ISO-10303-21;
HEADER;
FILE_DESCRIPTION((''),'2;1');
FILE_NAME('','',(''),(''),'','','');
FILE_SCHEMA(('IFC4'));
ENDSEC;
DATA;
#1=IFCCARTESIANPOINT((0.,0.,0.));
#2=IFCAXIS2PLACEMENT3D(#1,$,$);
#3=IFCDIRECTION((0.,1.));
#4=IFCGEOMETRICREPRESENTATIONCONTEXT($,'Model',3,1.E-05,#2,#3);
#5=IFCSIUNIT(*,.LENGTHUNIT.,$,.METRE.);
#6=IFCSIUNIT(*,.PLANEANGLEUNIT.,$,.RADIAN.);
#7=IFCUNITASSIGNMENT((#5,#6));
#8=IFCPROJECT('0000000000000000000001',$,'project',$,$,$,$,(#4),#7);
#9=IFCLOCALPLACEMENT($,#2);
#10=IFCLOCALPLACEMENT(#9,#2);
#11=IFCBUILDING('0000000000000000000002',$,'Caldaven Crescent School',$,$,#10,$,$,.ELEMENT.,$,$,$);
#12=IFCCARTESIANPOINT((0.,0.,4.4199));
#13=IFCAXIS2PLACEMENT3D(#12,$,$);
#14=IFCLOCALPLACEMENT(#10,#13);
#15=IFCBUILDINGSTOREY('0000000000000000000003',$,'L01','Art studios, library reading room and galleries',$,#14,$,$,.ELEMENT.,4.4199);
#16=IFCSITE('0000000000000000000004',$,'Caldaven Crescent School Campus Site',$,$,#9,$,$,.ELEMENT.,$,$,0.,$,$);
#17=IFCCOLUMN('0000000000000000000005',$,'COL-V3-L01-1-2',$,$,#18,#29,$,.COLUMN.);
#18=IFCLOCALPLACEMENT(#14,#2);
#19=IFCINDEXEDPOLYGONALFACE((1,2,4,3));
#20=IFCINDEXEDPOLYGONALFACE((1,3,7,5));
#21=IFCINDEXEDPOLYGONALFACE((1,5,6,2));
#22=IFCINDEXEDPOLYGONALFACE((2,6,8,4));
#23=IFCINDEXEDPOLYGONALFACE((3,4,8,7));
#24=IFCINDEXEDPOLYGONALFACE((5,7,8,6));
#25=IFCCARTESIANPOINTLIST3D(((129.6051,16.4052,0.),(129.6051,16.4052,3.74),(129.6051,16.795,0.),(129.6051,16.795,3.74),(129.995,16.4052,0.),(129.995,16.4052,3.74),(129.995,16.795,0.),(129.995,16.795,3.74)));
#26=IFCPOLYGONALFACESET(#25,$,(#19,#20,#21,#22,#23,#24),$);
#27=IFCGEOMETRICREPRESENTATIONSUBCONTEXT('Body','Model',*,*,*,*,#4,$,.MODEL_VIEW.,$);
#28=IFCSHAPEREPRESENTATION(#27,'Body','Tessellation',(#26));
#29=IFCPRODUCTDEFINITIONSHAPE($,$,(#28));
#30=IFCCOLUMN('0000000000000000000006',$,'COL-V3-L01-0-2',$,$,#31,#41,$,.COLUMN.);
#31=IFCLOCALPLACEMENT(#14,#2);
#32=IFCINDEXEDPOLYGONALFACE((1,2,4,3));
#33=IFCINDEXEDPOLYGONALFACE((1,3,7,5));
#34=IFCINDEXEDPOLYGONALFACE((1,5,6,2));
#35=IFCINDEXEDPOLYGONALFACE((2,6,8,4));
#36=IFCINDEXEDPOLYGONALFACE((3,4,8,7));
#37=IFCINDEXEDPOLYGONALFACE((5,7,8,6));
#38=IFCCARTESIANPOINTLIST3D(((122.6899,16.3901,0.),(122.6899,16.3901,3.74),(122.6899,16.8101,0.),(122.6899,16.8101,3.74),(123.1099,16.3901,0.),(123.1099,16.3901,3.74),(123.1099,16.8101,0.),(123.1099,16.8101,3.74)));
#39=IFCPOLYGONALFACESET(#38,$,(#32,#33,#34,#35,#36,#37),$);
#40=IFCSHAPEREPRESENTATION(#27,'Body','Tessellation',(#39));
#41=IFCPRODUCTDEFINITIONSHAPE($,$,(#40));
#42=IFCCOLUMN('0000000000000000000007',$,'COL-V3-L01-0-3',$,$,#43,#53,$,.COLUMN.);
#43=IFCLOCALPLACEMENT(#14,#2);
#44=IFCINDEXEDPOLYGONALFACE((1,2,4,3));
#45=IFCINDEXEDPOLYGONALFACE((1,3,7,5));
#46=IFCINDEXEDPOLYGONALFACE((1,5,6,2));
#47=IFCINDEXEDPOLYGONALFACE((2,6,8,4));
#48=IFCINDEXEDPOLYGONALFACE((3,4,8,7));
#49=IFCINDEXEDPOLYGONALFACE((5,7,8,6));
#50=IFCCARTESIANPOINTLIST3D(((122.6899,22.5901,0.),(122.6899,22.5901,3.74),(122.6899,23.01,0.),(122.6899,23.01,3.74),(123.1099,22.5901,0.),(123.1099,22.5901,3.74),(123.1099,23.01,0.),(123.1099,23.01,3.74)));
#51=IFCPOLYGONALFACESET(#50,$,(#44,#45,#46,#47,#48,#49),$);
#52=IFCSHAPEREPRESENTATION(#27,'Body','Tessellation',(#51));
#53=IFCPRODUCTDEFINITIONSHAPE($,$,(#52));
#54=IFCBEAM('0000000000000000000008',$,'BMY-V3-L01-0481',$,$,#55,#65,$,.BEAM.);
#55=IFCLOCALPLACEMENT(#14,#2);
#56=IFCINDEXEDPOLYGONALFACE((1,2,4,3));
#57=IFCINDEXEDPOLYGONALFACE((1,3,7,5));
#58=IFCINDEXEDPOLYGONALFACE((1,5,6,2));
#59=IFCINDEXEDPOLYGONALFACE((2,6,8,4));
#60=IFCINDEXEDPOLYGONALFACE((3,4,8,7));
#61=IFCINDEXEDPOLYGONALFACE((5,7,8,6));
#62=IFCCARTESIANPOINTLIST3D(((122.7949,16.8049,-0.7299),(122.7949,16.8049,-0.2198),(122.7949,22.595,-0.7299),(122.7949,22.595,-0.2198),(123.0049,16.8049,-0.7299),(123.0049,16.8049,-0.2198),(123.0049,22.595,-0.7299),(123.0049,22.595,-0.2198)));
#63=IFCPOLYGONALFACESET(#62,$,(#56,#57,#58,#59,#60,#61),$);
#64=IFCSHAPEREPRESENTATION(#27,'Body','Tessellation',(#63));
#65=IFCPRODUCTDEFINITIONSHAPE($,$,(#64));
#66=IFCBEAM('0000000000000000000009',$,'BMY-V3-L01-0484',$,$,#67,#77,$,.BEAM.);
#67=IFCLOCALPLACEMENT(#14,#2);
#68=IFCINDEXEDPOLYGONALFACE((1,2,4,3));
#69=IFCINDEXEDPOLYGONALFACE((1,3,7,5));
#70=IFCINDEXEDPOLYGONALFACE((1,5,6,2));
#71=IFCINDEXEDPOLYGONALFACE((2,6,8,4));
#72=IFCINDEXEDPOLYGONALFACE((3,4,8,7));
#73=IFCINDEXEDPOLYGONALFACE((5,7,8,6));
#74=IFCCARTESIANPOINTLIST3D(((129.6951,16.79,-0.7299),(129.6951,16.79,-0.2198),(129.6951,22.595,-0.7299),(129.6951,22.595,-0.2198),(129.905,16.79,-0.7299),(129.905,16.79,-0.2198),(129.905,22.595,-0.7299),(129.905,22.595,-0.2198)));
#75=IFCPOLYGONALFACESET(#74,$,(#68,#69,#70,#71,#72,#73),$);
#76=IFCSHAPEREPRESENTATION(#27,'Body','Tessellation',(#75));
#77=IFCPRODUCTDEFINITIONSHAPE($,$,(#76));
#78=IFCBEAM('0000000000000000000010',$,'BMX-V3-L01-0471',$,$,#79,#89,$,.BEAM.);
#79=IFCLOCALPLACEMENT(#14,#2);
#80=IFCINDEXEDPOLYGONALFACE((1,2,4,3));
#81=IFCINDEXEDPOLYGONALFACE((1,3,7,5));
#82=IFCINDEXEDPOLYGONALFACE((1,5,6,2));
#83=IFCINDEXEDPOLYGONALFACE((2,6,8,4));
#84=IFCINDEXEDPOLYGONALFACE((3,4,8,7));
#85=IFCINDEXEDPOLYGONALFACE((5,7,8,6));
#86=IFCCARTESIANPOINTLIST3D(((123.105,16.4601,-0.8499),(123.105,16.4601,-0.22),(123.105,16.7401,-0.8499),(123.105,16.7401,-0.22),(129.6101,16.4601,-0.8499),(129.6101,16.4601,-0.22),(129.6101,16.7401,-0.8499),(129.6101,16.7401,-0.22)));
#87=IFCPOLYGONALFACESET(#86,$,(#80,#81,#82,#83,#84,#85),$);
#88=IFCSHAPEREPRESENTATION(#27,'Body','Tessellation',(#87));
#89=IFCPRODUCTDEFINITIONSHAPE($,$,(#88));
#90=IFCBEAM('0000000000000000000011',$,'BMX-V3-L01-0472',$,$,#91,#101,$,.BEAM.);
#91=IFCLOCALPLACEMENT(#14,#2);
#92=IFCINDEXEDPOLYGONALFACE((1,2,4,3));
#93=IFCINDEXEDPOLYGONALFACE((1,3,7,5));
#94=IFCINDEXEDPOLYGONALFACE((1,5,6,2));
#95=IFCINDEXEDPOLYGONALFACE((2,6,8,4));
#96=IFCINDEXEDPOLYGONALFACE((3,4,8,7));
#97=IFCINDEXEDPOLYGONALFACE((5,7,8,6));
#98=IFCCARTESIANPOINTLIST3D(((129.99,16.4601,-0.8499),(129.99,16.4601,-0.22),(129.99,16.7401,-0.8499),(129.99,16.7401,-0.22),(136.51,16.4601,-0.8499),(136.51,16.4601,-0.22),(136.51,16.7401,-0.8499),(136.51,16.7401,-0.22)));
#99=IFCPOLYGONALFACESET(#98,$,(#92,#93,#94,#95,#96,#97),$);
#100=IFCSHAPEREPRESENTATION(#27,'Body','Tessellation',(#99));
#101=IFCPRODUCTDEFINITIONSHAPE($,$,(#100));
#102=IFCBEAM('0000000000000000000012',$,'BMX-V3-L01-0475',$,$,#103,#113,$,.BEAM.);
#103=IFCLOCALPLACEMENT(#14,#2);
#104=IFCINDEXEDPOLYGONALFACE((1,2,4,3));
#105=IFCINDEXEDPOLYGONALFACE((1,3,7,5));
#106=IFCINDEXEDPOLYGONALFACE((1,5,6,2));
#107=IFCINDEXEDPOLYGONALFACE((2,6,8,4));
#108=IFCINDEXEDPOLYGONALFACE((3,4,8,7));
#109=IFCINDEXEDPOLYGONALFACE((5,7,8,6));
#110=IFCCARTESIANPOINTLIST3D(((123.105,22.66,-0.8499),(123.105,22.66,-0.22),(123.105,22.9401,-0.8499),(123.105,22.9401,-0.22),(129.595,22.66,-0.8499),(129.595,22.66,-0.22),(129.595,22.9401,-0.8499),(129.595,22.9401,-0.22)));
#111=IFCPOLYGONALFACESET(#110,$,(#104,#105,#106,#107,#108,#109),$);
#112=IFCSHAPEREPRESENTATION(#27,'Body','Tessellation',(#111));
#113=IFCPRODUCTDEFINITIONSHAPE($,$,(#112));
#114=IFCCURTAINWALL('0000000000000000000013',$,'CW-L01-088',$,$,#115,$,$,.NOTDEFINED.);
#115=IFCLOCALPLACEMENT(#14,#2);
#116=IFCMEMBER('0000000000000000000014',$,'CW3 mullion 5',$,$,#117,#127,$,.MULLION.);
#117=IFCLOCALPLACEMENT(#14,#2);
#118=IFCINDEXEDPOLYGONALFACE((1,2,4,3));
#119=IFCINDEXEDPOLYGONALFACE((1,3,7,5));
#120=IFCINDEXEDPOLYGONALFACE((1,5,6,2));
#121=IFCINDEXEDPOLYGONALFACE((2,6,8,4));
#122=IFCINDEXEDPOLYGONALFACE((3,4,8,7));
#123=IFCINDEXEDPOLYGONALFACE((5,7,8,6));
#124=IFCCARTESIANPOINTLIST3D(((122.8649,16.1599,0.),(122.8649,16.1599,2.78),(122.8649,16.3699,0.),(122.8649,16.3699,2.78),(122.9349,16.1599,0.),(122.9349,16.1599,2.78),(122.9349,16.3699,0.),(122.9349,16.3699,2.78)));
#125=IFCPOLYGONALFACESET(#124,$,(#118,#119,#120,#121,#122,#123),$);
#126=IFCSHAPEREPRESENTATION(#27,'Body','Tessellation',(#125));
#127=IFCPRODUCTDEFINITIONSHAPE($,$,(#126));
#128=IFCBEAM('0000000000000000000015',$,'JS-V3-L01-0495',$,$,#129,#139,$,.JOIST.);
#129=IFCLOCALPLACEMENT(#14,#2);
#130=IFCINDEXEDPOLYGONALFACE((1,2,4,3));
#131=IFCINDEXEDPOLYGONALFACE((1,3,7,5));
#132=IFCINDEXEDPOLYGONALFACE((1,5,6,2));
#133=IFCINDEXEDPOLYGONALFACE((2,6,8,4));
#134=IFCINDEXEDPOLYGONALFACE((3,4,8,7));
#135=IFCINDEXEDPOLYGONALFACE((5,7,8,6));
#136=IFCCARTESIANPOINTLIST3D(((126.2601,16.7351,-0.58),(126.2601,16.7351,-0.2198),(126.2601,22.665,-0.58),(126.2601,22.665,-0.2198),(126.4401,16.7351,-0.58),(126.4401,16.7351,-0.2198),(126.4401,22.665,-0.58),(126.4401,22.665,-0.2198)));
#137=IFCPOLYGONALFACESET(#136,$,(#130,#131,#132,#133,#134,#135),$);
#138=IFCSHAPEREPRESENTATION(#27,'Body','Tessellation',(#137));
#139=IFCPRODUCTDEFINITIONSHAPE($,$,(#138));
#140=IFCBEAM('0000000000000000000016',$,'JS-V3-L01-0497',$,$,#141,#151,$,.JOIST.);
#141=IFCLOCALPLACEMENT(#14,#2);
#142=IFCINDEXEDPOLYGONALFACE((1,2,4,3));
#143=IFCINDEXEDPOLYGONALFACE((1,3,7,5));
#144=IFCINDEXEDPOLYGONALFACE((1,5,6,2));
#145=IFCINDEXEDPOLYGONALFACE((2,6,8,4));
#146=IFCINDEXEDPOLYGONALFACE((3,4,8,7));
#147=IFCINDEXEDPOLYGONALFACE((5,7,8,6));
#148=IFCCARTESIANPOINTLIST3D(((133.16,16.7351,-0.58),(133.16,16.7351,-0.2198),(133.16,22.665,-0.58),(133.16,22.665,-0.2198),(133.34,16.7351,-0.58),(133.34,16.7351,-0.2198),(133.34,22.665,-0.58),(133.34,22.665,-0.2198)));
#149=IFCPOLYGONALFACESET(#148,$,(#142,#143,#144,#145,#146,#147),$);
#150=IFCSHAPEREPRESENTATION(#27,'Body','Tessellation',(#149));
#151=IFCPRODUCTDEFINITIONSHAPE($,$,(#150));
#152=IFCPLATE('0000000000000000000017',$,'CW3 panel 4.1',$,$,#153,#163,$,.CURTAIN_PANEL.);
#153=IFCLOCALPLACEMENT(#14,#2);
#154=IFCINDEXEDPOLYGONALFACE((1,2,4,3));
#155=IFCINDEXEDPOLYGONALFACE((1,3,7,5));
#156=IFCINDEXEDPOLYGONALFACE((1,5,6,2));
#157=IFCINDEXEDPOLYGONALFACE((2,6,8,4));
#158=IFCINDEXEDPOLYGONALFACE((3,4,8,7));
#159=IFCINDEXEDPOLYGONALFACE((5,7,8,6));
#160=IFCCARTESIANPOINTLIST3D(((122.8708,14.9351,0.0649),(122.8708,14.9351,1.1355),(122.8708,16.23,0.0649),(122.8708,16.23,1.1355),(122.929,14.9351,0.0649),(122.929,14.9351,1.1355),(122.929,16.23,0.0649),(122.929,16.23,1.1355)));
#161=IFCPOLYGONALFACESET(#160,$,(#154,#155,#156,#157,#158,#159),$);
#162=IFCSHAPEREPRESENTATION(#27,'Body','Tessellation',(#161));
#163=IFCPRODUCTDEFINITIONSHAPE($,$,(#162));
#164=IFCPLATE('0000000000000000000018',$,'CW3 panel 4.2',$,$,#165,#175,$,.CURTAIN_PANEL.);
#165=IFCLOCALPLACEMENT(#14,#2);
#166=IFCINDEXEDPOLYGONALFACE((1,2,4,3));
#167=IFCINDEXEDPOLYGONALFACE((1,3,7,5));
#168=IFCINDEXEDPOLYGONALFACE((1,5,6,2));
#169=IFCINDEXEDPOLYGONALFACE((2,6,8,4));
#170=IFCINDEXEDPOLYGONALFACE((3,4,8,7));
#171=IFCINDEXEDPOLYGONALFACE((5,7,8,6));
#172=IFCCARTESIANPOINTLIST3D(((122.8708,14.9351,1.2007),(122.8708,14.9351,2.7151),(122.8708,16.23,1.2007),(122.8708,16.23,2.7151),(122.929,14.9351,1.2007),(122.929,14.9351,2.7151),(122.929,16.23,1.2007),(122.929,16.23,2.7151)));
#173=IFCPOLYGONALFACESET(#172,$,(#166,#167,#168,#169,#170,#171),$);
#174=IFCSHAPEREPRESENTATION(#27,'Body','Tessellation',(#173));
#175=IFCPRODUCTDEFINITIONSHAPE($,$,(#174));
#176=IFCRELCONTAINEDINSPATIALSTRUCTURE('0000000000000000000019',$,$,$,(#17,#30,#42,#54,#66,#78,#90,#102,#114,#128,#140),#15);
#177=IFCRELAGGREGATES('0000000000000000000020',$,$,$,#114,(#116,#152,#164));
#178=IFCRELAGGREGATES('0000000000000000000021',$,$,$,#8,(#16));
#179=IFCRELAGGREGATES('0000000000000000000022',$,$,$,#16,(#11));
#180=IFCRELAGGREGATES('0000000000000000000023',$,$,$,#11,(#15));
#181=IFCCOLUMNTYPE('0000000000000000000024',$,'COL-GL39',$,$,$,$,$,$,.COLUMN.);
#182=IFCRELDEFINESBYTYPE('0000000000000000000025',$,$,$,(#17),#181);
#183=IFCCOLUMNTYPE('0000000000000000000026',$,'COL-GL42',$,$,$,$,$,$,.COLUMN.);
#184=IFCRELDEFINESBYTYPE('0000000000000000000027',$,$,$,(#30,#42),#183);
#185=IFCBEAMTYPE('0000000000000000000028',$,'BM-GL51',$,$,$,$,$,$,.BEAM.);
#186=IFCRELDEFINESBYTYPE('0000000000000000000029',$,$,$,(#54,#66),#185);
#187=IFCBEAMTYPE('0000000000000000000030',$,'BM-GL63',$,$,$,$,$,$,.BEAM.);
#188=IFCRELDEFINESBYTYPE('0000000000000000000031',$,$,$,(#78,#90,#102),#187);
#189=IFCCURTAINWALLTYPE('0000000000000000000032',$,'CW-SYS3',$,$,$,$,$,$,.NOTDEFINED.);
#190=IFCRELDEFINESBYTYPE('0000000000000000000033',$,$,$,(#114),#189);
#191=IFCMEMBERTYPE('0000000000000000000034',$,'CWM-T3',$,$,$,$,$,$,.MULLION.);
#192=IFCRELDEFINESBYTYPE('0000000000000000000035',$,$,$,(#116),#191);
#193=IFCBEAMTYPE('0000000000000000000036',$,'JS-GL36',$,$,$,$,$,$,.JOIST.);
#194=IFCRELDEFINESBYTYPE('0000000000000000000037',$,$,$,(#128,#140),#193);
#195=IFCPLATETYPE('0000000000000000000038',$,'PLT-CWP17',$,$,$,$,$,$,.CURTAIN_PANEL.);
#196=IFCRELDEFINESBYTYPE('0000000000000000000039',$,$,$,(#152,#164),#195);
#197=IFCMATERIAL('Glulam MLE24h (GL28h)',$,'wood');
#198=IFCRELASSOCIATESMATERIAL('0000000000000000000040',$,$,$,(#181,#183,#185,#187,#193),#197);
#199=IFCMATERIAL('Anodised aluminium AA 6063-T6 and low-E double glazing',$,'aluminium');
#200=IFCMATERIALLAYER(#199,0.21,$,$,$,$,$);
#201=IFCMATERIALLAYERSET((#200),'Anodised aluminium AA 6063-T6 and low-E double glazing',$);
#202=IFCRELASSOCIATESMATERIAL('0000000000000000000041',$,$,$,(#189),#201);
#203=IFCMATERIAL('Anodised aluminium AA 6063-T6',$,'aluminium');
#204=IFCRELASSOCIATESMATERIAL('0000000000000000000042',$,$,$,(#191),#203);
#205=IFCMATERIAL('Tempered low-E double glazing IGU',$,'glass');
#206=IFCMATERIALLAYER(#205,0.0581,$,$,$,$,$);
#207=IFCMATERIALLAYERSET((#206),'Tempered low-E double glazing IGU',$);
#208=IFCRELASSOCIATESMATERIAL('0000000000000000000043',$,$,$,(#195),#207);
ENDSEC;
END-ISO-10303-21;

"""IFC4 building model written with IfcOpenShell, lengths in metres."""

from ifc_helpers import new_model, si_unit, direction, frame, origin, origin_2d, place, context, subcontext, project, spatial, rectangle, extrude, material, layer, layer_set, material_profile, profile_set, type_object, element, aggregate, save


model = new_model("IFC4")

# Units and contexts
model_context = context("Model", 3, precision=1e-05, world=origin(), true_north=direction((0.0, 1.0)))
body_context = subcontext(model_context, "Body", "Model", "MODEL_VIEW")
ifc_project = project(units=[si_unit("LENGTHUNIT", "METRE"), si_unit("PLANEANGLEUNIT", "RADIAN")], contexts=[model_context])

# Site, building, storey
site_placement = place(None, origin())
site = spatial("IfcSite", under=ifc_project, at=site_placement, Name="Caldaven Crescent School Campus Site", CompositionType="ELEMENT", RefElevation=0.0)
building_placement = place(site_placement, origin())
building = spatial("IfcBuilding", under=site, at=building_placement, Name="Caldaven Crescent School", CompositionType="ELEMENT")
storey_placement = place(building_placement, frame((0.0, 0.0, 4.4199)))
storey = spatial("IfcBuildingStorey", under=building, at=storey_placement, Name="L01", Description="Art studios, library reading room and galleries", CompositionType="ELEMENT", Elevation=4.4199)

# Columns
ifc_material_1 = material(Name="Glulam MLE24h (GL28h)", Category="wood")
ifc_material_profile_1 = material_profile(ifc_material_1, rectangle(XDim=0.3899, YDim=0.3899, at=origin_2d()), Name="MLE 390x390")
ifc_profile_set_1 = profile_set([ifc_material_profile_1], Name="Glulam MLE24h (GL28h)")
column_type_1 = type_object("IfcColumnType", Name="COL-GL39", PredefinedType="COLUMN", material=ifc_profile_set_1)
column_placement = place(storey_placement, frame((129.8, 16.6001, 0.0), z_axis=(0.0, 0.0, 1.0), x_axis=(1.0, 0.0, 0.0)))
element("IfcColumn", 1, at=column_placement, inside=storey, type_object=column_type_1, Name="COL-V3-L01-1-2", PredefinedType="COLUMN", context=body_context, shape_type="SweptSolid", body=[
    extrude(rectangle(XDim=0.3899, YDim=0.3899, at=origin_2d()), origin(), (0.0, 0.0, 1.0), 3.74),
])
ifc_material_profile_2 = material_profile(ifc_material_1, rectangle(XDim=0.4199, YDim=0.4199, at=origin_2d()), Name="MLE 420x420")
ifc_profile_set_2 = profile_set([ifc_material_profile_2], Name="Glulam MLE24h (GL28h)")
column_type_2 = type_object("IfcColumnType", Name="COL-GL42", PredefinedType="COLUMN", material=ifc_profile_set_2)
for number, where, z_axis, x_axis, name in (
    (2, (122.8999, 16.6001, 0.0), (0.0, 0.0, 1.0), (1.0, 0.0, 0.0), "COL-V3-L01-0-2"),
    (3, (122.8999, 22.8, 0.0), (0.0, 0.0, 1.0), (1.0, 0.0, 0.0), "COL-V3-L01-0-3"),
):
    element("IfcColumn", number, at=place(storey_placement, frame(where, z_axis=z_axis, x_axis=x_axis)), inside=storey, type_object=column_type_2, Name=name, PredefinedType="COLUMN", context=body_context, shape_type="SweptSolid", body=[
        extrude(rectangle(XDim=0.4199, YDim=0.4199, at=origin_2d()), origin(), (0.0, 0.0, 1.0), 3.74),
    ])

# Beams
ifc_material_profile_3 = material_profile(ifc_material_1, rectangle(XDim=0.21, YDim=0.51, at=origin_2d()), Name="MLE 210x510")
ifc_profile_set_3 = profile_set([ifc_material_profile_3], Name="Glulam MLE24h (GL28h)")
beam_type_1 = type_object("IfcBeamType", Name="BM-GL51", PredefinedType="BEAM", material=ifc_profile_set_3)
beam_1_placement = place(storey_placement, frame((122.8999, 16.8049, -0.4749), z_axis=(0.0, 1.0, 0.0), x_axis=(-1.0, 0.0, 0.0)))
element("IfcBeam", 4, at=beam_1_placement, inside=storey, type_object=beam_type_1, Name="BMY-V3-L01-0481", PredefinedType="BEAM", context=body_context, shape_type="SweptSolid", body=[
    extrude(rectangle(XDim=0.21, YDim=0.51, at=origin_2d()), origin(), (0.0, 0.0, 1.0), 5.79),
])
beam_2_placement = place(storey_placement, frame((129.8, 16.79, -0.4749), z_axis=(0.0, 1.0, 0.0), x_axis=(-1.0, 0.0, 0.0)))
element("IfcBeam", 5, at=beam_2_placement, inside=storey, type_object=beam_type_1, Name="BMY-V3-L01-0484", PredefinedType="BEAM", context=body_context, shape_type="SweptSolid", body=[
    extrude(rectangle(XDim=0.21, YDim=0.51, at=origin_2d()), origin(), (0.0, 0.0, 1.0), 5.8049),
])
ifc_material_profile_4 = material_profile(ifc_material_1, rectangle(XDim=0.28, YDim=0.6299, at=origin_2d()), Name="MLE 280x630")
ifc_profile_set_4 = profile_set([ifc_material_profile_4], Name="Glulam MLE24h (GL28h)")
beam_type_2 = type_object("IfcBeamType", Name="BM-GL63", PredefinedType="BEAM", material=ifc_profile_set_4)
beam_3_placement = place(storey_placement, frame((123.105, 16.6001, -0.5349), z_axis=(1.0, 0.0, 0.0), x_axis=(0.0, 1.0, 0.0)))
element("IfcBeam", 6, at=beam_3_placement, inside=storey, type_object=beam_type_2, Name="BMX-V3-L01-0471", PredefinedType="BEAM", context=body_context, shape_type="SweptSolid", body=[
    extrude(rectangle(XDim=0.28, YDim=0.6299, at=origin_2d()), origin(), (0.0, 0.0, 1.0), 6.5051),
])
beam_4_placement = place(storey_placement, frame((129.99, 16.6001, -0.5349), z_axis=(1.0, 0.0, 0.0), x_axis=(0.0, 1.0, 0.0)))
element("IfcBeam", 7, at=beam_4_placement, inside=storey, type_object=beam_type_2, Name="BMX-V3-L01-0472", PredefinedType="BEAM", context=body_context, shape_type="SweptSolid", body=[
    extrude(rectangle(XDim=0.28, YDim=0.6299, at=origin_2d()), origin(), (0.0, 0.0, 1.0), 6.52),
])
beam_5_placement = place(storey_placement, frame((123.105, 22.8, -0.5349), z_axis=(1.0, 0.0, 0.0), x_axis=(0.0, 1.0, 0.0)))
element("IfcBeam", 8, at=beam_5_placement, inside=storey, type_object=beam_type_2, Name="BMX-V3-L01-0475", PredefinedType="BEAM", context=body_context, shape_type="SweptSolid", body=[
    extrude(rectangle(XDim=0.28, YDim=0.6299, at=origin_2d()), origin(), (0.0, 0.0, 1.0), 6.49),
])

# Curtain wall, member
ifc_material_2 = material(Name="Anodised aluminium AA 6063-T6 and low-E double glazing", Category="aluminium")
ifc_layer_1 = layer(ifc_material_2, 0.21)
ifc_layer_set_1 = layer_set([ifc_layer_1], Name="Anodised aluminium AA 6063-T6 and low-E double glazing")
curtain_wall_type = type_object("IfcCurtainWallType", Name="CW-SYS3", PredefinedType="NOTDEFINED", material=ifc_layer_set_1)
curtain_wall_placement = place(storey_placement, origin())
curtain_wall = element("IfcCurtainWall", 9, at=curtain_wall_placement, inside=storey, type_object=curtain_wall_type, Name="CW-L01-088", PredefinedType="NOTDEFINED")
ifc_material_3 = material(Name="Anodised aluminium AA 6063-T6", Category="aluminium")
ifc_material_profile_5 = material_profile(ifc_material_3, rectangle(XDim=0.0701, YDim=0.21, at=origin_2d()), Name="CWM 70x210")
ifc_profile_set_5 = profile_set([ifc_material_profile_5], Name="Anodised aluminium AA 6063-T6")
member_type = type_object("IfcMemberType", Name="CWM-T3", PredefinedType="MULLION", material=ifc_profile_set_5)
member_placement = place(storey_placement, frame((122.8999, 16.2649, 0.0), z_axis=(0.0, 0.0, 1.0), x_axis=(-1.0, 0.0, 0.0)))
member = element("IfcMember", 10, at=member_placement, type_object=member_type, Name="CW3 mullion 5", PredefinedType="MULLION", context=body_context, shape_type="SweptSolid", body=[
    extrude(rectangle(XDim=0.0701, YDim=0.21, at=origin_2d()), origin(), (0.0, 0.0, 1.0), 2.78),
])

# Beams
ifc_material_profile_6 = material_profile(ifc_material_1, rectangle(XDim=0.1799, YDim=0.3601, at=origin_2d()), Name="MLE 180x360")
ifc_profile_set_6 = profile_set([ifc_material_profile_6], Name="Glulam MLE24h (GL28h)")
beam_type_3 = type_object("IfcBeamType", Name="JS-GL36", PredefinedType="JOIST", material=ifc_profile_set_6)
for number, where, z_axis, x_axis, name in (
    (11, (126.3501, 16.7351, -0.3999), (0.0, 1.0, 0.0), (-1.0, 0.0, 0.0), "JS-V3-L01-0495"),
    (12, (133.25, 16.7351, -0.3999), (0.0, 1.0, 0.0), (-1.0, 0.0, 0.0), "JS-V3-L01-0497"),
):
    element("IfcBeam", number, at=place(storey_placement, frame(where, z_axis=z_axis, x_axis=x_axis)), inside=storey, type_object=beam_type_3, Name=name, PredefinedType="JOIST", context=body_context, shape_type="SweptSolid", body=[
        extrude(rectangle(XDim=0.1799, YDim=0.3601, at=origin_2d()), origin(), (0.0, 0.0, 1.0), 5.9299),
    ])

# Plates
ifc_material_4 = material(Name="Tempered low-E double glazing IGU", Category="glass")
ifc_layer_2 = layer(ifc_material_4, 0.0581)
ifc_layer_set_2 = layer_set([ifc_layer_2], Name="Tempered low-E double glazing IGU")
plate_type = type_object("IfcPlateType", Name="PLT-CWP17", PredefinedType="CURTAIN_PANEL", material=ifc_layer_set_2)
plate_1_placement = place(storey_placement, frame((122.8999, 15.5825, 0.0649), z_axis=(0.0, 0.0, 1.0), x_axis=(0.0, 1.0, 0.0)))
plate_1 = element("IfcPlate", 13, at=plate_1_placement, type_object=plate_type, Name="CW3 panel 4.1", PredefinedType="CURTAIN_PANEL", context=body_context, shape_type="SweptSolid", body=[
    extrude(rectangle(XDim=1.2949, YDim=0.0581, at=origin_2d()), origin(), (0.0, 0.0, 1.0), 1.0706),
])
plate_2_placement = place(storey_placement, frame((122.8999, 15.5825, 1.2007), z_axis=(0.0, 0.0, 1.0), x_axis=(0.0, 1.0, 0.0)))
plate_2 = element("IfcPlate", 14, at=plate_2_placement, type_object=plate_type, Name="CW3 panel 4.2", PredefinedType="CURTAIN_PANEL", context=body_context, shape_type="SweptSolid", body=[
    extrude(rectangle(XDim=1.2949, YDim=0.0581, at=origin_2d()), origin(), (0.0, 0.0, 1.0), 1.5144),
])
aggregate(curtain_wall, [member, plate_1, plate_2])

save(model, "model.ifc")
